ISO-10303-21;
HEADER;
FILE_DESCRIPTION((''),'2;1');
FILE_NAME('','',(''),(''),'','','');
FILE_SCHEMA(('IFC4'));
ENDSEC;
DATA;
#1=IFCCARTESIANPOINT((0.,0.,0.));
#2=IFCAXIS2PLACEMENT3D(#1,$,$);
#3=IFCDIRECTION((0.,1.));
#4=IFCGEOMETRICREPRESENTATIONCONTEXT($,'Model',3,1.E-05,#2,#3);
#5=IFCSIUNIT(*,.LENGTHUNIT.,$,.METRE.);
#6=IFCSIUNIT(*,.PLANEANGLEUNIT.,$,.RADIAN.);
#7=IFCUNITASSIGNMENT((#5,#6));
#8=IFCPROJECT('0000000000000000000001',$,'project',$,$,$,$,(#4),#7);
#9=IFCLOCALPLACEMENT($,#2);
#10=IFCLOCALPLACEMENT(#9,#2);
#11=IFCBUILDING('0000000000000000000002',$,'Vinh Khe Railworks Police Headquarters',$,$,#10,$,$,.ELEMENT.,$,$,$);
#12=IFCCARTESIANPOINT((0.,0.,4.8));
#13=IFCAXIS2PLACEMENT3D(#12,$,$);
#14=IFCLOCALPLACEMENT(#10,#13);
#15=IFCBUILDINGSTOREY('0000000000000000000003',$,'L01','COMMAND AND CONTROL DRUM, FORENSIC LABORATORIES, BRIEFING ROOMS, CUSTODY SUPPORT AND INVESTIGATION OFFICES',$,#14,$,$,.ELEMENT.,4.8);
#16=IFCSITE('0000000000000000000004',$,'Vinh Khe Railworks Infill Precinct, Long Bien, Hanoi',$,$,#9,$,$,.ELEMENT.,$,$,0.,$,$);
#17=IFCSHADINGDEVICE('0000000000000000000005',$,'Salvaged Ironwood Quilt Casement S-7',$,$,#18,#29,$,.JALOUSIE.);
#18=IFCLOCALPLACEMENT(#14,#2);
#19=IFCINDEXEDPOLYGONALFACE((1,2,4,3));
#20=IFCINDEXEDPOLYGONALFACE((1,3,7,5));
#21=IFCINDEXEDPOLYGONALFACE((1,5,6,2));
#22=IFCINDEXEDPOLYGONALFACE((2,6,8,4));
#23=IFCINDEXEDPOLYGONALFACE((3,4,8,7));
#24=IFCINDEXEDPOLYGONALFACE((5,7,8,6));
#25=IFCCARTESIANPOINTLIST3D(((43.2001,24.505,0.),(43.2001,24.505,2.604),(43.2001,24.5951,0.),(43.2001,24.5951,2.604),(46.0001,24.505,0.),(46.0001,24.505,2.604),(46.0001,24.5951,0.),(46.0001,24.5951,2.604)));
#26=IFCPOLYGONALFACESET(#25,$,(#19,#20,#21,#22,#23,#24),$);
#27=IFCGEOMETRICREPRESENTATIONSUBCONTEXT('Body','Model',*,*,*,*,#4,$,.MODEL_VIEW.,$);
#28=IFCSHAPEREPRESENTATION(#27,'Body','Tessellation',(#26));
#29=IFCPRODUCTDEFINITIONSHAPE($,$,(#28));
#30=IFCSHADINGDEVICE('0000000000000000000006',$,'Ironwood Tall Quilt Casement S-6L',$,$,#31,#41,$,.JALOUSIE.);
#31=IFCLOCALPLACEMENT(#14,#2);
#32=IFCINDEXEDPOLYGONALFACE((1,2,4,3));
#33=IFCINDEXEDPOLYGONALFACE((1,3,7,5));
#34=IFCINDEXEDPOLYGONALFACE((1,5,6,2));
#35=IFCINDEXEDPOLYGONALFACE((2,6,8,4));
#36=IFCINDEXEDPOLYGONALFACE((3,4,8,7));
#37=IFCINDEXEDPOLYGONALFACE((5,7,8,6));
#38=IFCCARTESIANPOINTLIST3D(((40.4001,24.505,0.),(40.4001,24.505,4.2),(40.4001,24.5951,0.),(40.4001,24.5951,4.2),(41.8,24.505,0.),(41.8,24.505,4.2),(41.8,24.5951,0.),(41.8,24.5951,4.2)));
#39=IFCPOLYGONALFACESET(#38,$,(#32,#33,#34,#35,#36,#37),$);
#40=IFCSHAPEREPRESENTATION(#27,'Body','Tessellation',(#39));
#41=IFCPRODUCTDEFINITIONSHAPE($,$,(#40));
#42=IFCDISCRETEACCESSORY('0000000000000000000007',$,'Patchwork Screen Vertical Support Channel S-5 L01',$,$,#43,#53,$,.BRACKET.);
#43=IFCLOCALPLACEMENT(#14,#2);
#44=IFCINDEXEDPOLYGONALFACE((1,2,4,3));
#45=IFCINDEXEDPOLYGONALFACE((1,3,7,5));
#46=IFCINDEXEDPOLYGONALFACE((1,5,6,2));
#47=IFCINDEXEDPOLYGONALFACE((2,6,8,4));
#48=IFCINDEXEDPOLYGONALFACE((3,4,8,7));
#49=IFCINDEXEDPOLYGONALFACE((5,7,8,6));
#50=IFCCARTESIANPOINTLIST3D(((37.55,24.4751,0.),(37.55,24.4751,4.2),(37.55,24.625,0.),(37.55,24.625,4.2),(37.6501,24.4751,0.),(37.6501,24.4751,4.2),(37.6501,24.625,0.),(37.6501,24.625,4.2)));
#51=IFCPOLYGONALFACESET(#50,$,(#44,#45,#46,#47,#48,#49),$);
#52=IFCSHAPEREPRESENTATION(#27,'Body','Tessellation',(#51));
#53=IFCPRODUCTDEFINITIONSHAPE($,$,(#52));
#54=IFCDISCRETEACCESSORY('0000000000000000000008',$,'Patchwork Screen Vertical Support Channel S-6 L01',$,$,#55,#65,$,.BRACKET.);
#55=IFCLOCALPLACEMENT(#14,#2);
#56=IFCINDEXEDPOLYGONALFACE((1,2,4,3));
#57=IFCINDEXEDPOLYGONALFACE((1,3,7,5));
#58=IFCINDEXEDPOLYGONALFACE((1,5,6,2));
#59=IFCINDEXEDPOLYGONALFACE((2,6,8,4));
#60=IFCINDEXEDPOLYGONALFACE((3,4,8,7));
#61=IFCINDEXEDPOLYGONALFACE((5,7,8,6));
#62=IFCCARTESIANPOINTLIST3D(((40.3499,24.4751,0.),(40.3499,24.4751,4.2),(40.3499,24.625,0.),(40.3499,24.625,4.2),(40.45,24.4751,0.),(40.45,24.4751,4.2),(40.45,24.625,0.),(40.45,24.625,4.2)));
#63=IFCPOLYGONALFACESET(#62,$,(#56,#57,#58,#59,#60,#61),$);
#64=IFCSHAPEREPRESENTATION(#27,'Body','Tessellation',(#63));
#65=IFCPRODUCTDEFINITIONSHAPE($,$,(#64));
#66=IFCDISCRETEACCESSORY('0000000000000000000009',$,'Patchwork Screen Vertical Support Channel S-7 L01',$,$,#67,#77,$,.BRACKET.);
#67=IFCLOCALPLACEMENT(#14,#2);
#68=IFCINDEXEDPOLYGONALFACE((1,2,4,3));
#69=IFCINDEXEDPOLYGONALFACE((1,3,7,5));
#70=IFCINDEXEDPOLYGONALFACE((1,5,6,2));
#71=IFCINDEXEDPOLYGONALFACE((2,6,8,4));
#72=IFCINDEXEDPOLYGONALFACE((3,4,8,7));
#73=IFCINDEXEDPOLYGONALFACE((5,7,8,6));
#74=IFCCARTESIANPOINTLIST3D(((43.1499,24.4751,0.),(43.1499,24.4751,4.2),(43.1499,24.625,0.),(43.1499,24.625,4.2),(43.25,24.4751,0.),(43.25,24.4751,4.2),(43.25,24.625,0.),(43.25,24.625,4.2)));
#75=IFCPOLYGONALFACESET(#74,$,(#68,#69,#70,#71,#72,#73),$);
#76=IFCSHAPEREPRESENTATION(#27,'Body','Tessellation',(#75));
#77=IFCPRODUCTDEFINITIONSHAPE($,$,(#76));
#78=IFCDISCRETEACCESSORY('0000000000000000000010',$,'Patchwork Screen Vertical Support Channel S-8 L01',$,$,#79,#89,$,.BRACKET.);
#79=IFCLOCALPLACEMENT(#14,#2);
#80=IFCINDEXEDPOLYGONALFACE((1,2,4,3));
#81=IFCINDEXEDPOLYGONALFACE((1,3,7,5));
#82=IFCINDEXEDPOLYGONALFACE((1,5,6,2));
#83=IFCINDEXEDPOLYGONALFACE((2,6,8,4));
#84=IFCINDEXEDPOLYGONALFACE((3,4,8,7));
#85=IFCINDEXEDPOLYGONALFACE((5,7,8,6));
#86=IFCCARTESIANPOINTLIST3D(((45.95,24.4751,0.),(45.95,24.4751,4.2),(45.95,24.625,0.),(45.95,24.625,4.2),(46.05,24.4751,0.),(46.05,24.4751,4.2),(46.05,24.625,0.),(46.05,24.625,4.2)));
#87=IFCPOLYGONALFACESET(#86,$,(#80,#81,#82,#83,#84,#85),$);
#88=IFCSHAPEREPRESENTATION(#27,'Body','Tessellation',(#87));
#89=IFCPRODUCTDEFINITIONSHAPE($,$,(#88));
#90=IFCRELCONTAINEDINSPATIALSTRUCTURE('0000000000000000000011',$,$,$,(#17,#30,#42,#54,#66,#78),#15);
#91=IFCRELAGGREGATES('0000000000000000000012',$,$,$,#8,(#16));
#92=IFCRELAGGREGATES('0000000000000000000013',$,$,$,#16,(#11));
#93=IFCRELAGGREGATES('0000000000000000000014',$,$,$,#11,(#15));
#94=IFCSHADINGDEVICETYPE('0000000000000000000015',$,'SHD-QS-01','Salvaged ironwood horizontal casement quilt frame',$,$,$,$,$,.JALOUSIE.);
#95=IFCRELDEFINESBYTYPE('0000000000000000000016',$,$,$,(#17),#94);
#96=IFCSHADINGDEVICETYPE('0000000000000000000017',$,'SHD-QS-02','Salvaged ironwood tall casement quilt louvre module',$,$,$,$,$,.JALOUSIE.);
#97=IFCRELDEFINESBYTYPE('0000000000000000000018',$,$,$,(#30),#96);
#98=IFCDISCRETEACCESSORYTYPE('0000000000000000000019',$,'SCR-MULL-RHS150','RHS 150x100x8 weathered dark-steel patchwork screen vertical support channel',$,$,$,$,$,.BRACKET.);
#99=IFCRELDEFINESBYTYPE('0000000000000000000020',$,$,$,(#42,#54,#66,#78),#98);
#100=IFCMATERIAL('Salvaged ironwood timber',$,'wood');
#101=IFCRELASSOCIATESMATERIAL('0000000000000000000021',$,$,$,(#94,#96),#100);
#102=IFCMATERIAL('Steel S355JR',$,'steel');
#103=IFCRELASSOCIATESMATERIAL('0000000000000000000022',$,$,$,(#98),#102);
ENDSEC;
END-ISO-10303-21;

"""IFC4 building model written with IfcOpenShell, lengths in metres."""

from ifc_helpers import new_model, si_unit, direction, frame, origin, origin_2d, place, context, subcontext, project, spatial, rectangle, extrude, material, type_object, element, save


model = new_model("IFC4")

# Units and contexts
model_context = context("Model", 3, precision=1e-05, world=origin(), true_north=direction((0.0, 1.0)))
body_context = subcontext(model_context, "Body", "Model", "MODEL_VIEW")
ifc_project = project(units=[si_unit("LENGTHUNIT", "METRE"), si_unit("PLANEANGLEUNIT", "RADIAN")], contexts=[model_context])

# Site, building, storey
site_placement = place(None, origin())
site = spatial("IfcSite", under=ifc_project, at=site_placement, Name="Vinh Khe Railworks Infill Precinct, Long Bien, Hanoi", CompositionType="ELEMENT", RefElevation=0.0)
building_placement = place(site_placement, origin())
building = spatial("IfcBuilding", under=site, at=building_placement, Name="Vinh Khe Railworks Police Headquarters", CompositionType="ELEMENT")
storey_placement = place(building_placement, frame((0.0, 0.0, 4.8)))
storey = spatial("IfcBuildingStorey", under=building, at=storey_placement, Name="L01", Description="COMMAND AND CONTROL DRUM, FORENSIC LABORATORIES, BRIEFING ROOMS, CUSTODY SUPPORT AND INVESTIGATION OFFICES", CompositionType="ELEMENT", Elevation=4.8)

# Shared definitions
ifc_material_1 = material(Name="Steel S355JR", Category="steel")

# Shared definitions
ifc_material_2 = material(Name="Salvaged ironwood timber", Category="wood")

# Shading devices
shading_device_type_1 = type_object("IfcShadingDeviceType", Name="SHD-QS-01", Description="Salvaged ironwood horizontal casement quilt frame", PredefinedType="JALOUSIE", material=ifc_material_2)
shading_device_1_placement = place(storey_placement, frame((44.6001, 24.55, 0.0), z_axis=(0.0, 0.0, 1.0), x_axis=(1.0, 0.0, 0.0)))
element("IfcShadingDevice", 1, at=shading_device_1_placement, inside=storey, type_object=shading_device_type_1, Name="Salvaged Ironwood Quilt Casement S-7", PredefinedType="JALOUSIE", context=body_context, shape_type="SweptSolid", body=[
    extrude(rectangle(XDim=2.8, YDim=0.0901, at=origin_2d()), origin(), (0.0, 0.0, 1.0), 2.604),
])
shading_device_type_2 = type_object("IfcShadingDeviceType", Name="SHD-QS-02", Description="Salvaged ironwood tall casement quilt louvre module", PredefinedType="JALOUSIE", material=ifc_material_2)
shading_device_2_placement = place(storey_placement, frame((41.1001, 24.55, 0.0), z_axis=(0.0, 0.0, 1.0), x_axis=(1.0, 0.0, 0.0)))
element("IfcShadingDevice", 2, at=shading_device_2_placement, inside=storey, type_object=shading_device_type_2, Name="Ironwood Tall Quilt Casement S-6L", PredefinedType="JALOUSIE", context=body_context, shape_type="SweptSolid", body=[
    extrude(rectangle(XDim=1.3999, YDim=0.0901, at=origin_2d()), origin(), (0.0, 0.0, 1.0), 4.2),
])

# Discrete accessories
discrete_accessory_type = type_object("IfcDiscreteAccessoryType", Name="SCR-MULL-RHS150", Description="RHS 150x100x8 weathered dark-steel patchwork screen vertical support channel", PredefinedType="BRACKET", material=ifc_material_1)
for number, where, z_axis, x_axis, name in (
    (3, (37.6001, 24.55, 0.0), (0.0, 0.0, 1.0), (1.0, 0.0, 0.0), "Patchwork Screen Vertical Support Channel S-5 L01"),
    (4, (40.3999, 24.55, 0.0), (0.0, 0.0, 1.0), (1.0, 0.0, 0.0), "Patchwork Screen Vertical Support Channel S-6 L01"),
    (5, (43.2, 24.55, 0.0), (0.0, 0.0, 1.0), (1.0, 0.0, 0.0), "Patchwork Screen Vertical Support Channel S-7 L01"),
    (6, (46.0, 24.55, 0.0), (0.0, 0.0, 1.0), (1.0, 0.0, 0.0), "Patchwork Screen Vertical Support Channel S-8 L01"),
):
    element("IfcDiscreteAccessory", number, at=place(storey_placement, frame(where, z_axis=z_axis, x_axis=x_axis)), inside=storey, type_object=discrete_accessory_type, Name=name, PredefinedType="BRACKET", context=body_context, shape_type="SweptSolid", body=[
        extrude(rectangle(XDim=0.1001, YDim=0.1499, at=origin_2d()), origin(), (0.0, 0.0, 1.0), 4.2),
    ])

save(model, "model.ifc")
